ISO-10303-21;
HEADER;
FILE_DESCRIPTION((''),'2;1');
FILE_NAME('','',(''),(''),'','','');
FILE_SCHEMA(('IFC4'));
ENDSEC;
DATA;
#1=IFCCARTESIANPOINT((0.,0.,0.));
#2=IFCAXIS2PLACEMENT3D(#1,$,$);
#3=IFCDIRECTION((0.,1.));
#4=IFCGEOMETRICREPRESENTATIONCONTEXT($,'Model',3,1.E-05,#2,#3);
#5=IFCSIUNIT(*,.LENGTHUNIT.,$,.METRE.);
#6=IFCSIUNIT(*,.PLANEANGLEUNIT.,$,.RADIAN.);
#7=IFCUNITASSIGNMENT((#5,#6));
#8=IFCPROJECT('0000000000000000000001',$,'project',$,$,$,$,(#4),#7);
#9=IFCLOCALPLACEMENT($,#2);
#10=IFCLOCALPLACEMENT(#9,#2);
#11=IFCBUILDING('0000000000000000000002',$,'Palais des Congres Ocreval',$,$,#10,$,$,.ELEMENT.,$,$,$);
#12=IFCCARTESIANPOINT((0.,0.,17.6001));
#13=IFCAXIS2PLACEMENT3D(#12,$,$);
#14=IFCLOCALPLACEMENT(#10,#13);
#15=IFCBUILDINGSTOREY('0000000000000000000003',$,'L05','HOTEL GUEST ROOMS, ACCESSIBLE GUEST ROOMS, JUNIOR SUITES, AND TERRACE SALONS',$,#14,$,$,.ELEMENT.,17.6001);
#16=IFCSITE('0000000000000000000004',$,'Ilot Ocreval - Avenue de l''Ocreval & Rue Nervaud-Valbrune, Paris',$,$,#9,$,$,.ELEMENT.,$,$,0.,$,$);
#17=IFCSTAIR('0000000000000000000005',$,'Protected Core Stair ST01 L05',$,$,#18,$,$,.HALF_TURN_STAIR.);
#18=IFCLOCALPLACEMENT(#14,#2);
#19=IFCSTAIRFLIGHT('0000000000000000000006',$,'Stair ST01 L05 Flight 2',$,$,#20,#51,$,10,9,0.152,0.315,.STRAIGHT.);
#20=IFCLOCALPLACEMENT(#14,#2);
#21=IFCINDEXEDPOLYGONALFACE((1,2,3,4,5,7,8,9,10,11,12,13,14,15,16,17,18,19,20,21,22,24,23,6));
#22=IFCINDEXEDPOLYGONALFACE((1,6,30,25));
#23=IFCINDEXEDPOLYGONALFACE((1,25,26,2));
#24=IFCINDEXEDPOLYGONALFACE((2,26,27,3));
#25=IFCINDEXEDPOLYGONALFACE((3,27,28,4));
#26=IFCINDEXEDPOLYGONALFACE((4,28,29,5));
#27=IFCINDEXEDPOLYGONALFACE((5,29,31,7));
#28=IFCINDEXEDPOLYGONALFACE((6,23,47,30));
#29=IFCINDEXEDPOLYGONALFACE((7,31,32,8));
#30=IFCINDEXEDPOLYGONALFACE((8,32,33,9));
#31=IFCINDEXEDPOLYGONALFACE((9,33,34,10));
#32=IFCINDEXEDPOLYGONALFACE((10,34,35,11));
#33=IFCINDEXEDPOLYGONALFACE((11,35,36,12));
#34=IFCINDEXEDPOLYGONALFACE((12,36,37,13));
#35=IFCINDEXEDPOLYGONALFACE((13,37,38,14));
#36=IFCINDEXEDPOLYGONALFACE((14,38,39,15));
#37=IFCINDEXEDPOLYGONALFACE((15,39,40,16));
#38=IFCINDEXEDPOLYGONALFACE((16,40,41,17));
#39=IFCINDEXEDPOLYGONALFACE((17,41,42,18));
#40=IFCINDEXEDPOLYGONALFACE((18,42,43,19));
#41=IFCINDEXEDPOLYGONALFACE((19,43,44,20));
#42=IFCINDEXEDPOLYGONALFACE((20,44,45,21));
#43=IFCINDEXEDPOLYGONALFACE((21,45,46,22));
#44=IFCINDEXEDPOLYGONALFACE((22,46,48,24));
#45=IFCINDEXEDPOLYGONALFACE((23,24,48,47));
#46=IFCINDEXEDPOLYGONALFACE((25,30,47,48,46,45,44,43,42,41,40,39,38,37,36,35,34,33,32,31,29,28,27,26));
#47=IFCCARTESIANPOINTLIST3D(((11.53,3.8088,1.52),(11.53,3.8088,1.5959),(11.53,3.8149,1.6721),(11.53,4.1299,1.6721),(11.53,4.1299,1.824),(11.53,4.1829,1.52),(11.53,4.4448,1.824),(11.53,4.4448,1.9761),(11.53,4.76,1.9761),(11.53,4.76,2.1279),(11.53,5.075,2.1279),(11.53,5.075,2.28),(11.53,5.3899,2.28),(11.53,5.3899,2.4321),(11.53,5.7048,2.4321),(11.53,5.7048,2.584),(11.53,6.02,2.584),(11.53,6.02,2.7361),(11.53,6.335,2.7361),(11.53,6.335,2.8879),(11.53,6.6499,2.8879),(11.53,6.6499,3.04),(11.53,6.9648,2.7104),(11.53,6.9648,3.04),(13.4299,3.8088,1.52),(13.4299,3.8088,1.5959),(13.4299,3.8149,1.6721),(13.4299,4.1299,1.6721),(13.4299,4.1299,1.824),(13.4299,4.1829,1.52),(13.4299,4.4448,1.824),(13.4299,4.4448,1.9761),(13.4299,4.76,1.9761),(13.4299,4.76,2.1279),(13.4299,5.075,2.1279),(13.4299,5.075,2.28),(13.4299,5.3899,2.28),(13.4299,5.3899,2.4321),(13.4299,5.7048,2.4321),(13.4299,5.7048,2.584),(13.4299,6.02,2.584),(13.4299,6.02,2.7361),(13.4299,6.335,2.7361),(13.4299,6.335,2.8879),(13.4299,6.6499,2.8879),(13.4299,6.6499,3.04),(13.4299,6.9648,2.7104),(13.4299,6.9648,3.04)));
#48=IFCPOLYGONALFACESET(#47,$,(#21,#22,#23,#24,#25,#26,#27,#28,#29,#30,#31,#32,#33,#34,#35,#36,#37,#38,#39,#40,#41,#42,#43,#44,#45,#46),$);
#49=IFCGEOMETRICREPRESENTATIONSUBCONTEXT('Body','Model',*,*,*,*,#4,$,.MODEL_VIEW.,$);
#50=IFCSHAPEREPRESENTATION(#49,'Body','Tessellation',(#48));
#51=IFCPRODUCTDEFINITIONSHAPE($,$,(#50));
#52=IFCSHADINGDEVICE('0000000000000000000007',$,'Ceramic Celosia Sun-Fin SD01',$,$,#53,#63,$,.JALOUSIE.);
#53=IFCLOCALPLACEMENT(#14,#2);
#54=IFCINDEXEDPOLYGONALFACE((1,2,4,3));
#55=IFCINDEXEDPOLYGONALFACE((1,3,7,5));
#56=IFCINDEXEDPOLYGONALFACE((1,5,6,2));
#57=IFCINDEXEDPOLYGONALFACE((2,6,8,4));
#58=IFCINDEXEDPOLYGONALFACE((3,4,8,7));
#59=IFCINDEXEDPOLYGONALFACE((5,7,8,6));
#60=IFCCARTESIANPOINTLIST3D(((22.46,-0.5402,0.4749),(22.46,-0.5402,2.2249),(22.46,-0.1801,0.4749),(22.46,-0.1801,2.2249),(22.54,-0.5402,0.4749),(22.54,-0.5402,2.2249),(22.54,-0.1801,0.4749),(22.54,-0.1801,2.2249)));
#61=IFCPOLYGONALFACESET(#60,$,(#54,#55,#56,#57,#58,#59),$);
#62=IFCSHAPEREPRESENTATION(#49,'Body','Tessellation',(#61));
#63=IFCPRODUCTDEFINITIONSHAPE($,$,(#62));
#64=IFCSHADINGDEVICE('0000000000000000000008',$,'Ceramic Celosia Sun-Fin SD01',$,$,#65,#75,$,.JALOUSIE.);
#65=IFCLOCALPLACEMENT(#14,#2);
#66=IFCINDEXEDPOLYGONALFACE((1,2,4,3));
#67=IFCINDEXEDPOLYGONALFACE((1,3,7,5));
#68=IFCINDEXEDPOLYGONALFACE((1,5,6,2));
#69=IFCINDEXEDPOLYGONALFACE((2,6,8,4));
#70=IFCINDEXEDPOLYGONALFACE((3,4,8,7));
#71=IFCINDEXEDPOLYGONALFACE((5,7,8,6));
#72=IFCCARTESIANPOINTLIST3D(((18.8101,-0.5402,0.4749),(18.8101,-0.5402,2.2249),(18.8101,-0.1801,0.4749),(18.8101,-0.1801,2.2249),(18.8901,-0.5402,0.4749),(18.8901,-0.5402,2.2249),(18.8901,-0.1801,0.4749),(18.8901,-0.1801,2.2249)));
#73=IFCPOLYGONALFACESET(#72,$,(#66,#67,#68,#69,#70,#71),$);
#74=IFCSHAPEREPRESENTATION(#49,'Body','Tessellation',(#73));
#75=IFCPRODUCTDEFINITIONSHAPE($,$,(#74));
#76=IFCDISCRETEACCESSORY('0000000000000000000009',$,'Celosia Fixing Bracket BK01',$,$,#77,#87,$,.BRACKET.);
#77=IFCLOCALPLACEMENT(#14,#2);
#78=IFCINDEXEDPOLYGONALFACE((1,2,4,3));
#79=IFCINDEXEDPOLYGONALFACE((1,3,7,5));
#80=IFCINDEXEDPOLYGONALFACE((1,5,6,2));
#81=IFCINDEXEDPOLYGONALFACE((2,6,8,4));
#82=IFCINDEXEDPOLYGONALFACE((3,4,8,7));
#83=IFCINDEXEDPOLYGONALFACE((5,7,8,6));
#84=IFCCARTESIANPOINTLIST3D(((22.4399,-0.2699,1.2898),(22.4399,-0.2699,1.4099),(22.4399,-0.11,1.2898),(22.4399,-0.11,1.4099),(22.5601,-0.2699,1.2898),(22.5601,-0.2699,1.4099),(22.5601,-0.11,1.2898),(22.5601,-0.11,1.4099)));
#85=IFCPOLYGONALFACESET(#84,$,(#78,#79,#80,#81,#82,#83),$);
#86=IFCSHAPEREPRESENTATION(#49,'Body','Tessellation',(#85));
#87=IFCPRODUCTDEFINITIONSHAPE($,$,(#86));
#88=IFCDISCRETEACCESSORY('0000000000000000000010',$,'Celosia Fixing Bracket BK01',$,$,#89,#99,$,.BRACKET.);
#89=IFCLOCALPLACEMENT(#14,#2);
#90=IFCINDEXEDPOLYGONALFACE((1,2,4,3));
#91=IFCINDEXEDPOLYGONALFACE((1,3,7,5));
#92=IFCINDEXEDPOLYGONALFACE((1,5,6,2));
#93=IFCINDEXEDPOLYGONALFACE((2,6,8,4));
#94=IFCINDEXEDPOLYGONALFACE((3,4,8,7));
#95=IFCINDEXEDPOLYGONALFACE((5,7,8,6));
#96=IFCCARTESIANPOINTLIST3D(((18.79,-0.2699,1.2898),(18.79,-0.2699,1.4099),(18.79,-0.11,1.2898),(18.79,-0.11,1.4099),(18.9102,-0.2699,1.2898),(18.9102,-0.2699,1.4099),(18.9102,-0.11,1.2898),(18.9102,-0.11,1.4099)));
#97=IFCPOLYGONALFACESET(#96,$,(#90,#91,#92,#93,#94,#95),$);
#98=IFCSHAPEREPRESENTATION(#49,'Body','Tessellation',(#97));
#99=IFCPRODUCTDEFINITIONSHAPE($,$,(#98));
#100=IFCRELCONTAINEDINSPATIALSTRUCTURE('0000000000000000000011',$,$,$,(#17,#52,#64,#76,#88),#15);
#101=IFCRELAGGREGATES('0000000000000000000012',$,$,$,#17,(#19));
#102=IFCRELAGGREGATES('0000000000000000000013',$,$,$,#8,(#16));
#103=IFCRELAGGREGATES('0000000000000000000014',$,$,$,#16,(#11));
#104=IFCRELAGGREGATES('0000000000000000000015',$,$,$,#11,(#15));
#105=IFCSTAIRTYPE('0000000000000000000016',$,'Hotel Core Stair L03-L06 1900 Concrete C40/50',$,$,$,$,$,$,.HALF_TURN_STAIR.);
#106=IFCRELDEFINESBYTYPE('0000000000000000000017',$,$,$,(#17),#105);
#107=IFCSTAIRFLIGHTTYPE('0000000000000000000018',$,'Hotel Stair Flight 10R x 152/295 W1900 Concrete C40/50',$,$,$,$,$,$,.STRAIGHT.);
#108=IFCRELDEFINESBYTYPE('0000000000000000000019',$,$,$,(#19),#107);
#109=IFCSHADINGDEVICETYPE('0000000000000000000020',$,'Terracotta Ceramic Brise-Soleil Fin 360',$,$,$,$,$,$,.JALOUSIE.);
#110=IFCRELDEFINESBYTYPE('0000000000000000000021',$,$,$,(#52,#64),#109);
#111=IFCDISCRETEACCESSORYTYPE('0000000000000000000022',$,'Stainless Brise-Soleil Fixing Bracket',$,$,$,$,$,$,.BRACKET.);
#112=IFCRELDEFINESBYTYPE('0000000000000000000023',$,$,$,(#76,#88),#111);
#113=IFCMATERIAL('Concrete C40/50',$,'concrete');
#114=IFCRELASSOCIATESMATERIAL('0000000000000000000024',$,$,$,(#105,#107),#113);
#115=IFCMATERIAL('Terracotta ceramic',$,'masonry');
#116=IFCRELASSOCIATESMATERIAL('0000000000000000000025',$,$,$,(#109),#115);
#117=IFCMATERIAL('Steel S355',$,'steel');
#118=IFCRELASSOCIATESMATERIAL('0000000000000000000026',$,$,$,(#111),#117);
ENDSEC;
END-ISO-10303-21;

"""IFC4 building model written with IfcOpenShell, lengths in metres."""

from ifc_helpers import new_model, si_unit, direction, frame, origin, origin_2d, place, context, subcontext, project, spatial, polyline, rectangle, outline, extrude, material, type_object, element, aggregate, save


model = new_model("IFC4")

# Units and contexts
model_context = context("Model", 3, precision=1e-05, world=origin(), true_north=direction((0.0, 1.0)))
body_context = subcontext(model_context, "Body", "Model", "MODEL_VIEW")
ifc_project = project(units=[si_unit("LENGTHUNIT", "METRE"), si_unit("PLANEANGLEUNIT", "RADIAN")], contexts=[model_context])

# Site, building, storey
site_placement = place(None, origin())
site = spatial("IfcSite", under=ifc_project, at=site_placement, Name="Ilot Ocreval - Avenue de l'Ocreval & Rue Nervaud-Valbrune, Paris", CompositionType="ELEMENT", RefElevation=0.0)
building_placement = place(site_placement, origin())
building = spatial("IfcBuilding", under=site, at=building_placement, Name="Palais des Congres Ocreval", CompositionType="ELEMENT")
storey_placement = place(building_placement, frame((0.0, 0.0, 17.6001)))
storey = spatial("IfcBuildingStorey", under=building, at=storey_placement, Name="L05", Description="HOTEL GUEST ROOMS, ACCESSIBLE GUEST ROOMS, JUNIOR SUITES, AND TERRACE SALONS", CompositionType="ELEMENT", Elevation=17.6001)

# Shared definitions
ifc_material_1 = material(Name="Steel S355", Category="steel")
ifc_material_2 = material(Name="Concrete C40/50", Category="concrete")

# Stair, stair flight
stair_type = type_object("IfcStairType", Name="Hotel Core Stair L03-L06 1900 Concrete C40/50", PredefinedType="HALF_TURN_STAIR", material=ifc_material_2)
stair_placement = place(storey_placement, origin())
stair = element("IfcStair", 1, at=stair_placement, inside=storey, type_object=stair_type, Name="Protected Core Stair ST01 L05", PredefinedType="HALF_TURN_STAIR")
stair_flight_type = type_object("IfcStairFlightType", Name="Hotel Stair Flight 10R x 152/295 W1900 Concrete C40/50", PredefinedType="STRAIGHT", material=ifc_material_2)
stair_flight_placement = place(storey_placement, frame((12.48, 3.8149, 1.52), z_axis=(0.0, 0.0, 1.0), x_axis=(0.0, 1.0, 0.0)))
stair_flight = element("IfcStairFlight", 2, at=stair_flight_placement, type_object=stair_flight_type, Name="Stair ST01 L05 Flight 2", NumberOfRisers=10, NumberOfTreads=9, PredefinedType="STRAIGHT", RiserHeight=0.152, TreadLength=0.315, context=body_context, shape_type="SweptSolid", body=[
    extrude(outline(polyline([(-0.0061, 0.0), (-0.0061, 0.0759), (0.0, 0.1521), (0.3149, 0.1521), (0.3149, 0.304), (0.6299, 0.304), (0.6299, 0.4561), (0.9451, 0.4561), (0.9451, 0.6079), (1.26, 0.6079), (1.26, 0.76), (1.575, 0.76), (1.575, 0.9121), (1.8899, 0.9121), (1.8899, 1.064), (2.2051, 1.064), (2.2051, 1.2161), (2.52, 1.2161), (2.52, 1.3679), (2.835, 1.3679), (2.835, 1.52), (3.1499, 1.52), (3.1499, 1.1904), (0.3679, 0.0), (-0.0061, 0.0)])), frame((0.0, 0.95, 0.0), z_axis=(0.0, -1.0, 0.0), x_axis=(1.0, 0.0, 0.0)), (0.0, 0.0, 1.0), 1.8999),
])
aggregate(stair, [stair_flight])

# Shading devices
ifc_material_3 = material(Name="Terracotta ceramic", Category="masonry")
shading_device_type = type_object("IfcShadingDeviceType", Name="Terracotta Ceramic Brise-Soleil Fin 360", PredefinedType="JALOUSIE", material=ifc_material_3)
for number, where, z_axis, x_axis, name in (
    (3, (22.5, -0.3601, 0.4749), (0.0, 0.0, 1.0), (0.0, -1.0, 0.0), "Ceramic Celosia Sun-Fin SD01"),
    (4, (18.8501, -0.3601, 0.4749), (0.0, 0.0, 1.0), (0.0, -1.0, 0.0), "Ceramic Celosia Sun-Fin SD01"),
):
    element("IfcShadingDevice", number, at=place(storey_placement, frame(where, z_axis=z_axis, x_axis=x_axis)), inside=storey, type_object=shading_device_type, Name=name, PredefinedType="JALOUSIE", context=body_context, shape_type="SweptSolid", body=[
        extrude(rectangle(XDim=0.3601, YDim=0.0801, at=origin_2d()), origin(), (0.0, 0.0, 1.0), 1.75),
    ])

# Discrete accessories
discrete_accessory_type = type_object("IfcDiscreteAccessoryType", Name="Stainless Brise-Soleil Fixing Bracket", PredefinedType="BRACKET", material=ifc_material_1)
for number, where, z_axis, x_axis, name in (
    (5, (22.5, -0.1899, 1.2898), (0.0, 0.0, 1.0), (0.0, -1.0, 0.0), "Celosia Fixing Bracket BK01"),
    (6, (18.8501, -0.1899, 1.2898), (0.0, 0.0, 1.0), (0.0, -1.0, 0.0), "Celosia Fixing Bracket BK01"),
):
    element("IfcDiscreteAccessory", number, at=place(storey_placement, frame(where, z_axis=z_axis, x_axis=x_axis)), inside=storey, type_object=discrete_accessory_type, Name=name, PredefinedType="BRACKET", context=body_context, shape_type="SweptSolid", body=[
        extrude(rectangle(XDim=0.1599, YDim=0.1201, at=origin_2d()), origin(), (0.0, 0.0, 1.0), 0.1201),
    ])

save(model, "model.ifc")
